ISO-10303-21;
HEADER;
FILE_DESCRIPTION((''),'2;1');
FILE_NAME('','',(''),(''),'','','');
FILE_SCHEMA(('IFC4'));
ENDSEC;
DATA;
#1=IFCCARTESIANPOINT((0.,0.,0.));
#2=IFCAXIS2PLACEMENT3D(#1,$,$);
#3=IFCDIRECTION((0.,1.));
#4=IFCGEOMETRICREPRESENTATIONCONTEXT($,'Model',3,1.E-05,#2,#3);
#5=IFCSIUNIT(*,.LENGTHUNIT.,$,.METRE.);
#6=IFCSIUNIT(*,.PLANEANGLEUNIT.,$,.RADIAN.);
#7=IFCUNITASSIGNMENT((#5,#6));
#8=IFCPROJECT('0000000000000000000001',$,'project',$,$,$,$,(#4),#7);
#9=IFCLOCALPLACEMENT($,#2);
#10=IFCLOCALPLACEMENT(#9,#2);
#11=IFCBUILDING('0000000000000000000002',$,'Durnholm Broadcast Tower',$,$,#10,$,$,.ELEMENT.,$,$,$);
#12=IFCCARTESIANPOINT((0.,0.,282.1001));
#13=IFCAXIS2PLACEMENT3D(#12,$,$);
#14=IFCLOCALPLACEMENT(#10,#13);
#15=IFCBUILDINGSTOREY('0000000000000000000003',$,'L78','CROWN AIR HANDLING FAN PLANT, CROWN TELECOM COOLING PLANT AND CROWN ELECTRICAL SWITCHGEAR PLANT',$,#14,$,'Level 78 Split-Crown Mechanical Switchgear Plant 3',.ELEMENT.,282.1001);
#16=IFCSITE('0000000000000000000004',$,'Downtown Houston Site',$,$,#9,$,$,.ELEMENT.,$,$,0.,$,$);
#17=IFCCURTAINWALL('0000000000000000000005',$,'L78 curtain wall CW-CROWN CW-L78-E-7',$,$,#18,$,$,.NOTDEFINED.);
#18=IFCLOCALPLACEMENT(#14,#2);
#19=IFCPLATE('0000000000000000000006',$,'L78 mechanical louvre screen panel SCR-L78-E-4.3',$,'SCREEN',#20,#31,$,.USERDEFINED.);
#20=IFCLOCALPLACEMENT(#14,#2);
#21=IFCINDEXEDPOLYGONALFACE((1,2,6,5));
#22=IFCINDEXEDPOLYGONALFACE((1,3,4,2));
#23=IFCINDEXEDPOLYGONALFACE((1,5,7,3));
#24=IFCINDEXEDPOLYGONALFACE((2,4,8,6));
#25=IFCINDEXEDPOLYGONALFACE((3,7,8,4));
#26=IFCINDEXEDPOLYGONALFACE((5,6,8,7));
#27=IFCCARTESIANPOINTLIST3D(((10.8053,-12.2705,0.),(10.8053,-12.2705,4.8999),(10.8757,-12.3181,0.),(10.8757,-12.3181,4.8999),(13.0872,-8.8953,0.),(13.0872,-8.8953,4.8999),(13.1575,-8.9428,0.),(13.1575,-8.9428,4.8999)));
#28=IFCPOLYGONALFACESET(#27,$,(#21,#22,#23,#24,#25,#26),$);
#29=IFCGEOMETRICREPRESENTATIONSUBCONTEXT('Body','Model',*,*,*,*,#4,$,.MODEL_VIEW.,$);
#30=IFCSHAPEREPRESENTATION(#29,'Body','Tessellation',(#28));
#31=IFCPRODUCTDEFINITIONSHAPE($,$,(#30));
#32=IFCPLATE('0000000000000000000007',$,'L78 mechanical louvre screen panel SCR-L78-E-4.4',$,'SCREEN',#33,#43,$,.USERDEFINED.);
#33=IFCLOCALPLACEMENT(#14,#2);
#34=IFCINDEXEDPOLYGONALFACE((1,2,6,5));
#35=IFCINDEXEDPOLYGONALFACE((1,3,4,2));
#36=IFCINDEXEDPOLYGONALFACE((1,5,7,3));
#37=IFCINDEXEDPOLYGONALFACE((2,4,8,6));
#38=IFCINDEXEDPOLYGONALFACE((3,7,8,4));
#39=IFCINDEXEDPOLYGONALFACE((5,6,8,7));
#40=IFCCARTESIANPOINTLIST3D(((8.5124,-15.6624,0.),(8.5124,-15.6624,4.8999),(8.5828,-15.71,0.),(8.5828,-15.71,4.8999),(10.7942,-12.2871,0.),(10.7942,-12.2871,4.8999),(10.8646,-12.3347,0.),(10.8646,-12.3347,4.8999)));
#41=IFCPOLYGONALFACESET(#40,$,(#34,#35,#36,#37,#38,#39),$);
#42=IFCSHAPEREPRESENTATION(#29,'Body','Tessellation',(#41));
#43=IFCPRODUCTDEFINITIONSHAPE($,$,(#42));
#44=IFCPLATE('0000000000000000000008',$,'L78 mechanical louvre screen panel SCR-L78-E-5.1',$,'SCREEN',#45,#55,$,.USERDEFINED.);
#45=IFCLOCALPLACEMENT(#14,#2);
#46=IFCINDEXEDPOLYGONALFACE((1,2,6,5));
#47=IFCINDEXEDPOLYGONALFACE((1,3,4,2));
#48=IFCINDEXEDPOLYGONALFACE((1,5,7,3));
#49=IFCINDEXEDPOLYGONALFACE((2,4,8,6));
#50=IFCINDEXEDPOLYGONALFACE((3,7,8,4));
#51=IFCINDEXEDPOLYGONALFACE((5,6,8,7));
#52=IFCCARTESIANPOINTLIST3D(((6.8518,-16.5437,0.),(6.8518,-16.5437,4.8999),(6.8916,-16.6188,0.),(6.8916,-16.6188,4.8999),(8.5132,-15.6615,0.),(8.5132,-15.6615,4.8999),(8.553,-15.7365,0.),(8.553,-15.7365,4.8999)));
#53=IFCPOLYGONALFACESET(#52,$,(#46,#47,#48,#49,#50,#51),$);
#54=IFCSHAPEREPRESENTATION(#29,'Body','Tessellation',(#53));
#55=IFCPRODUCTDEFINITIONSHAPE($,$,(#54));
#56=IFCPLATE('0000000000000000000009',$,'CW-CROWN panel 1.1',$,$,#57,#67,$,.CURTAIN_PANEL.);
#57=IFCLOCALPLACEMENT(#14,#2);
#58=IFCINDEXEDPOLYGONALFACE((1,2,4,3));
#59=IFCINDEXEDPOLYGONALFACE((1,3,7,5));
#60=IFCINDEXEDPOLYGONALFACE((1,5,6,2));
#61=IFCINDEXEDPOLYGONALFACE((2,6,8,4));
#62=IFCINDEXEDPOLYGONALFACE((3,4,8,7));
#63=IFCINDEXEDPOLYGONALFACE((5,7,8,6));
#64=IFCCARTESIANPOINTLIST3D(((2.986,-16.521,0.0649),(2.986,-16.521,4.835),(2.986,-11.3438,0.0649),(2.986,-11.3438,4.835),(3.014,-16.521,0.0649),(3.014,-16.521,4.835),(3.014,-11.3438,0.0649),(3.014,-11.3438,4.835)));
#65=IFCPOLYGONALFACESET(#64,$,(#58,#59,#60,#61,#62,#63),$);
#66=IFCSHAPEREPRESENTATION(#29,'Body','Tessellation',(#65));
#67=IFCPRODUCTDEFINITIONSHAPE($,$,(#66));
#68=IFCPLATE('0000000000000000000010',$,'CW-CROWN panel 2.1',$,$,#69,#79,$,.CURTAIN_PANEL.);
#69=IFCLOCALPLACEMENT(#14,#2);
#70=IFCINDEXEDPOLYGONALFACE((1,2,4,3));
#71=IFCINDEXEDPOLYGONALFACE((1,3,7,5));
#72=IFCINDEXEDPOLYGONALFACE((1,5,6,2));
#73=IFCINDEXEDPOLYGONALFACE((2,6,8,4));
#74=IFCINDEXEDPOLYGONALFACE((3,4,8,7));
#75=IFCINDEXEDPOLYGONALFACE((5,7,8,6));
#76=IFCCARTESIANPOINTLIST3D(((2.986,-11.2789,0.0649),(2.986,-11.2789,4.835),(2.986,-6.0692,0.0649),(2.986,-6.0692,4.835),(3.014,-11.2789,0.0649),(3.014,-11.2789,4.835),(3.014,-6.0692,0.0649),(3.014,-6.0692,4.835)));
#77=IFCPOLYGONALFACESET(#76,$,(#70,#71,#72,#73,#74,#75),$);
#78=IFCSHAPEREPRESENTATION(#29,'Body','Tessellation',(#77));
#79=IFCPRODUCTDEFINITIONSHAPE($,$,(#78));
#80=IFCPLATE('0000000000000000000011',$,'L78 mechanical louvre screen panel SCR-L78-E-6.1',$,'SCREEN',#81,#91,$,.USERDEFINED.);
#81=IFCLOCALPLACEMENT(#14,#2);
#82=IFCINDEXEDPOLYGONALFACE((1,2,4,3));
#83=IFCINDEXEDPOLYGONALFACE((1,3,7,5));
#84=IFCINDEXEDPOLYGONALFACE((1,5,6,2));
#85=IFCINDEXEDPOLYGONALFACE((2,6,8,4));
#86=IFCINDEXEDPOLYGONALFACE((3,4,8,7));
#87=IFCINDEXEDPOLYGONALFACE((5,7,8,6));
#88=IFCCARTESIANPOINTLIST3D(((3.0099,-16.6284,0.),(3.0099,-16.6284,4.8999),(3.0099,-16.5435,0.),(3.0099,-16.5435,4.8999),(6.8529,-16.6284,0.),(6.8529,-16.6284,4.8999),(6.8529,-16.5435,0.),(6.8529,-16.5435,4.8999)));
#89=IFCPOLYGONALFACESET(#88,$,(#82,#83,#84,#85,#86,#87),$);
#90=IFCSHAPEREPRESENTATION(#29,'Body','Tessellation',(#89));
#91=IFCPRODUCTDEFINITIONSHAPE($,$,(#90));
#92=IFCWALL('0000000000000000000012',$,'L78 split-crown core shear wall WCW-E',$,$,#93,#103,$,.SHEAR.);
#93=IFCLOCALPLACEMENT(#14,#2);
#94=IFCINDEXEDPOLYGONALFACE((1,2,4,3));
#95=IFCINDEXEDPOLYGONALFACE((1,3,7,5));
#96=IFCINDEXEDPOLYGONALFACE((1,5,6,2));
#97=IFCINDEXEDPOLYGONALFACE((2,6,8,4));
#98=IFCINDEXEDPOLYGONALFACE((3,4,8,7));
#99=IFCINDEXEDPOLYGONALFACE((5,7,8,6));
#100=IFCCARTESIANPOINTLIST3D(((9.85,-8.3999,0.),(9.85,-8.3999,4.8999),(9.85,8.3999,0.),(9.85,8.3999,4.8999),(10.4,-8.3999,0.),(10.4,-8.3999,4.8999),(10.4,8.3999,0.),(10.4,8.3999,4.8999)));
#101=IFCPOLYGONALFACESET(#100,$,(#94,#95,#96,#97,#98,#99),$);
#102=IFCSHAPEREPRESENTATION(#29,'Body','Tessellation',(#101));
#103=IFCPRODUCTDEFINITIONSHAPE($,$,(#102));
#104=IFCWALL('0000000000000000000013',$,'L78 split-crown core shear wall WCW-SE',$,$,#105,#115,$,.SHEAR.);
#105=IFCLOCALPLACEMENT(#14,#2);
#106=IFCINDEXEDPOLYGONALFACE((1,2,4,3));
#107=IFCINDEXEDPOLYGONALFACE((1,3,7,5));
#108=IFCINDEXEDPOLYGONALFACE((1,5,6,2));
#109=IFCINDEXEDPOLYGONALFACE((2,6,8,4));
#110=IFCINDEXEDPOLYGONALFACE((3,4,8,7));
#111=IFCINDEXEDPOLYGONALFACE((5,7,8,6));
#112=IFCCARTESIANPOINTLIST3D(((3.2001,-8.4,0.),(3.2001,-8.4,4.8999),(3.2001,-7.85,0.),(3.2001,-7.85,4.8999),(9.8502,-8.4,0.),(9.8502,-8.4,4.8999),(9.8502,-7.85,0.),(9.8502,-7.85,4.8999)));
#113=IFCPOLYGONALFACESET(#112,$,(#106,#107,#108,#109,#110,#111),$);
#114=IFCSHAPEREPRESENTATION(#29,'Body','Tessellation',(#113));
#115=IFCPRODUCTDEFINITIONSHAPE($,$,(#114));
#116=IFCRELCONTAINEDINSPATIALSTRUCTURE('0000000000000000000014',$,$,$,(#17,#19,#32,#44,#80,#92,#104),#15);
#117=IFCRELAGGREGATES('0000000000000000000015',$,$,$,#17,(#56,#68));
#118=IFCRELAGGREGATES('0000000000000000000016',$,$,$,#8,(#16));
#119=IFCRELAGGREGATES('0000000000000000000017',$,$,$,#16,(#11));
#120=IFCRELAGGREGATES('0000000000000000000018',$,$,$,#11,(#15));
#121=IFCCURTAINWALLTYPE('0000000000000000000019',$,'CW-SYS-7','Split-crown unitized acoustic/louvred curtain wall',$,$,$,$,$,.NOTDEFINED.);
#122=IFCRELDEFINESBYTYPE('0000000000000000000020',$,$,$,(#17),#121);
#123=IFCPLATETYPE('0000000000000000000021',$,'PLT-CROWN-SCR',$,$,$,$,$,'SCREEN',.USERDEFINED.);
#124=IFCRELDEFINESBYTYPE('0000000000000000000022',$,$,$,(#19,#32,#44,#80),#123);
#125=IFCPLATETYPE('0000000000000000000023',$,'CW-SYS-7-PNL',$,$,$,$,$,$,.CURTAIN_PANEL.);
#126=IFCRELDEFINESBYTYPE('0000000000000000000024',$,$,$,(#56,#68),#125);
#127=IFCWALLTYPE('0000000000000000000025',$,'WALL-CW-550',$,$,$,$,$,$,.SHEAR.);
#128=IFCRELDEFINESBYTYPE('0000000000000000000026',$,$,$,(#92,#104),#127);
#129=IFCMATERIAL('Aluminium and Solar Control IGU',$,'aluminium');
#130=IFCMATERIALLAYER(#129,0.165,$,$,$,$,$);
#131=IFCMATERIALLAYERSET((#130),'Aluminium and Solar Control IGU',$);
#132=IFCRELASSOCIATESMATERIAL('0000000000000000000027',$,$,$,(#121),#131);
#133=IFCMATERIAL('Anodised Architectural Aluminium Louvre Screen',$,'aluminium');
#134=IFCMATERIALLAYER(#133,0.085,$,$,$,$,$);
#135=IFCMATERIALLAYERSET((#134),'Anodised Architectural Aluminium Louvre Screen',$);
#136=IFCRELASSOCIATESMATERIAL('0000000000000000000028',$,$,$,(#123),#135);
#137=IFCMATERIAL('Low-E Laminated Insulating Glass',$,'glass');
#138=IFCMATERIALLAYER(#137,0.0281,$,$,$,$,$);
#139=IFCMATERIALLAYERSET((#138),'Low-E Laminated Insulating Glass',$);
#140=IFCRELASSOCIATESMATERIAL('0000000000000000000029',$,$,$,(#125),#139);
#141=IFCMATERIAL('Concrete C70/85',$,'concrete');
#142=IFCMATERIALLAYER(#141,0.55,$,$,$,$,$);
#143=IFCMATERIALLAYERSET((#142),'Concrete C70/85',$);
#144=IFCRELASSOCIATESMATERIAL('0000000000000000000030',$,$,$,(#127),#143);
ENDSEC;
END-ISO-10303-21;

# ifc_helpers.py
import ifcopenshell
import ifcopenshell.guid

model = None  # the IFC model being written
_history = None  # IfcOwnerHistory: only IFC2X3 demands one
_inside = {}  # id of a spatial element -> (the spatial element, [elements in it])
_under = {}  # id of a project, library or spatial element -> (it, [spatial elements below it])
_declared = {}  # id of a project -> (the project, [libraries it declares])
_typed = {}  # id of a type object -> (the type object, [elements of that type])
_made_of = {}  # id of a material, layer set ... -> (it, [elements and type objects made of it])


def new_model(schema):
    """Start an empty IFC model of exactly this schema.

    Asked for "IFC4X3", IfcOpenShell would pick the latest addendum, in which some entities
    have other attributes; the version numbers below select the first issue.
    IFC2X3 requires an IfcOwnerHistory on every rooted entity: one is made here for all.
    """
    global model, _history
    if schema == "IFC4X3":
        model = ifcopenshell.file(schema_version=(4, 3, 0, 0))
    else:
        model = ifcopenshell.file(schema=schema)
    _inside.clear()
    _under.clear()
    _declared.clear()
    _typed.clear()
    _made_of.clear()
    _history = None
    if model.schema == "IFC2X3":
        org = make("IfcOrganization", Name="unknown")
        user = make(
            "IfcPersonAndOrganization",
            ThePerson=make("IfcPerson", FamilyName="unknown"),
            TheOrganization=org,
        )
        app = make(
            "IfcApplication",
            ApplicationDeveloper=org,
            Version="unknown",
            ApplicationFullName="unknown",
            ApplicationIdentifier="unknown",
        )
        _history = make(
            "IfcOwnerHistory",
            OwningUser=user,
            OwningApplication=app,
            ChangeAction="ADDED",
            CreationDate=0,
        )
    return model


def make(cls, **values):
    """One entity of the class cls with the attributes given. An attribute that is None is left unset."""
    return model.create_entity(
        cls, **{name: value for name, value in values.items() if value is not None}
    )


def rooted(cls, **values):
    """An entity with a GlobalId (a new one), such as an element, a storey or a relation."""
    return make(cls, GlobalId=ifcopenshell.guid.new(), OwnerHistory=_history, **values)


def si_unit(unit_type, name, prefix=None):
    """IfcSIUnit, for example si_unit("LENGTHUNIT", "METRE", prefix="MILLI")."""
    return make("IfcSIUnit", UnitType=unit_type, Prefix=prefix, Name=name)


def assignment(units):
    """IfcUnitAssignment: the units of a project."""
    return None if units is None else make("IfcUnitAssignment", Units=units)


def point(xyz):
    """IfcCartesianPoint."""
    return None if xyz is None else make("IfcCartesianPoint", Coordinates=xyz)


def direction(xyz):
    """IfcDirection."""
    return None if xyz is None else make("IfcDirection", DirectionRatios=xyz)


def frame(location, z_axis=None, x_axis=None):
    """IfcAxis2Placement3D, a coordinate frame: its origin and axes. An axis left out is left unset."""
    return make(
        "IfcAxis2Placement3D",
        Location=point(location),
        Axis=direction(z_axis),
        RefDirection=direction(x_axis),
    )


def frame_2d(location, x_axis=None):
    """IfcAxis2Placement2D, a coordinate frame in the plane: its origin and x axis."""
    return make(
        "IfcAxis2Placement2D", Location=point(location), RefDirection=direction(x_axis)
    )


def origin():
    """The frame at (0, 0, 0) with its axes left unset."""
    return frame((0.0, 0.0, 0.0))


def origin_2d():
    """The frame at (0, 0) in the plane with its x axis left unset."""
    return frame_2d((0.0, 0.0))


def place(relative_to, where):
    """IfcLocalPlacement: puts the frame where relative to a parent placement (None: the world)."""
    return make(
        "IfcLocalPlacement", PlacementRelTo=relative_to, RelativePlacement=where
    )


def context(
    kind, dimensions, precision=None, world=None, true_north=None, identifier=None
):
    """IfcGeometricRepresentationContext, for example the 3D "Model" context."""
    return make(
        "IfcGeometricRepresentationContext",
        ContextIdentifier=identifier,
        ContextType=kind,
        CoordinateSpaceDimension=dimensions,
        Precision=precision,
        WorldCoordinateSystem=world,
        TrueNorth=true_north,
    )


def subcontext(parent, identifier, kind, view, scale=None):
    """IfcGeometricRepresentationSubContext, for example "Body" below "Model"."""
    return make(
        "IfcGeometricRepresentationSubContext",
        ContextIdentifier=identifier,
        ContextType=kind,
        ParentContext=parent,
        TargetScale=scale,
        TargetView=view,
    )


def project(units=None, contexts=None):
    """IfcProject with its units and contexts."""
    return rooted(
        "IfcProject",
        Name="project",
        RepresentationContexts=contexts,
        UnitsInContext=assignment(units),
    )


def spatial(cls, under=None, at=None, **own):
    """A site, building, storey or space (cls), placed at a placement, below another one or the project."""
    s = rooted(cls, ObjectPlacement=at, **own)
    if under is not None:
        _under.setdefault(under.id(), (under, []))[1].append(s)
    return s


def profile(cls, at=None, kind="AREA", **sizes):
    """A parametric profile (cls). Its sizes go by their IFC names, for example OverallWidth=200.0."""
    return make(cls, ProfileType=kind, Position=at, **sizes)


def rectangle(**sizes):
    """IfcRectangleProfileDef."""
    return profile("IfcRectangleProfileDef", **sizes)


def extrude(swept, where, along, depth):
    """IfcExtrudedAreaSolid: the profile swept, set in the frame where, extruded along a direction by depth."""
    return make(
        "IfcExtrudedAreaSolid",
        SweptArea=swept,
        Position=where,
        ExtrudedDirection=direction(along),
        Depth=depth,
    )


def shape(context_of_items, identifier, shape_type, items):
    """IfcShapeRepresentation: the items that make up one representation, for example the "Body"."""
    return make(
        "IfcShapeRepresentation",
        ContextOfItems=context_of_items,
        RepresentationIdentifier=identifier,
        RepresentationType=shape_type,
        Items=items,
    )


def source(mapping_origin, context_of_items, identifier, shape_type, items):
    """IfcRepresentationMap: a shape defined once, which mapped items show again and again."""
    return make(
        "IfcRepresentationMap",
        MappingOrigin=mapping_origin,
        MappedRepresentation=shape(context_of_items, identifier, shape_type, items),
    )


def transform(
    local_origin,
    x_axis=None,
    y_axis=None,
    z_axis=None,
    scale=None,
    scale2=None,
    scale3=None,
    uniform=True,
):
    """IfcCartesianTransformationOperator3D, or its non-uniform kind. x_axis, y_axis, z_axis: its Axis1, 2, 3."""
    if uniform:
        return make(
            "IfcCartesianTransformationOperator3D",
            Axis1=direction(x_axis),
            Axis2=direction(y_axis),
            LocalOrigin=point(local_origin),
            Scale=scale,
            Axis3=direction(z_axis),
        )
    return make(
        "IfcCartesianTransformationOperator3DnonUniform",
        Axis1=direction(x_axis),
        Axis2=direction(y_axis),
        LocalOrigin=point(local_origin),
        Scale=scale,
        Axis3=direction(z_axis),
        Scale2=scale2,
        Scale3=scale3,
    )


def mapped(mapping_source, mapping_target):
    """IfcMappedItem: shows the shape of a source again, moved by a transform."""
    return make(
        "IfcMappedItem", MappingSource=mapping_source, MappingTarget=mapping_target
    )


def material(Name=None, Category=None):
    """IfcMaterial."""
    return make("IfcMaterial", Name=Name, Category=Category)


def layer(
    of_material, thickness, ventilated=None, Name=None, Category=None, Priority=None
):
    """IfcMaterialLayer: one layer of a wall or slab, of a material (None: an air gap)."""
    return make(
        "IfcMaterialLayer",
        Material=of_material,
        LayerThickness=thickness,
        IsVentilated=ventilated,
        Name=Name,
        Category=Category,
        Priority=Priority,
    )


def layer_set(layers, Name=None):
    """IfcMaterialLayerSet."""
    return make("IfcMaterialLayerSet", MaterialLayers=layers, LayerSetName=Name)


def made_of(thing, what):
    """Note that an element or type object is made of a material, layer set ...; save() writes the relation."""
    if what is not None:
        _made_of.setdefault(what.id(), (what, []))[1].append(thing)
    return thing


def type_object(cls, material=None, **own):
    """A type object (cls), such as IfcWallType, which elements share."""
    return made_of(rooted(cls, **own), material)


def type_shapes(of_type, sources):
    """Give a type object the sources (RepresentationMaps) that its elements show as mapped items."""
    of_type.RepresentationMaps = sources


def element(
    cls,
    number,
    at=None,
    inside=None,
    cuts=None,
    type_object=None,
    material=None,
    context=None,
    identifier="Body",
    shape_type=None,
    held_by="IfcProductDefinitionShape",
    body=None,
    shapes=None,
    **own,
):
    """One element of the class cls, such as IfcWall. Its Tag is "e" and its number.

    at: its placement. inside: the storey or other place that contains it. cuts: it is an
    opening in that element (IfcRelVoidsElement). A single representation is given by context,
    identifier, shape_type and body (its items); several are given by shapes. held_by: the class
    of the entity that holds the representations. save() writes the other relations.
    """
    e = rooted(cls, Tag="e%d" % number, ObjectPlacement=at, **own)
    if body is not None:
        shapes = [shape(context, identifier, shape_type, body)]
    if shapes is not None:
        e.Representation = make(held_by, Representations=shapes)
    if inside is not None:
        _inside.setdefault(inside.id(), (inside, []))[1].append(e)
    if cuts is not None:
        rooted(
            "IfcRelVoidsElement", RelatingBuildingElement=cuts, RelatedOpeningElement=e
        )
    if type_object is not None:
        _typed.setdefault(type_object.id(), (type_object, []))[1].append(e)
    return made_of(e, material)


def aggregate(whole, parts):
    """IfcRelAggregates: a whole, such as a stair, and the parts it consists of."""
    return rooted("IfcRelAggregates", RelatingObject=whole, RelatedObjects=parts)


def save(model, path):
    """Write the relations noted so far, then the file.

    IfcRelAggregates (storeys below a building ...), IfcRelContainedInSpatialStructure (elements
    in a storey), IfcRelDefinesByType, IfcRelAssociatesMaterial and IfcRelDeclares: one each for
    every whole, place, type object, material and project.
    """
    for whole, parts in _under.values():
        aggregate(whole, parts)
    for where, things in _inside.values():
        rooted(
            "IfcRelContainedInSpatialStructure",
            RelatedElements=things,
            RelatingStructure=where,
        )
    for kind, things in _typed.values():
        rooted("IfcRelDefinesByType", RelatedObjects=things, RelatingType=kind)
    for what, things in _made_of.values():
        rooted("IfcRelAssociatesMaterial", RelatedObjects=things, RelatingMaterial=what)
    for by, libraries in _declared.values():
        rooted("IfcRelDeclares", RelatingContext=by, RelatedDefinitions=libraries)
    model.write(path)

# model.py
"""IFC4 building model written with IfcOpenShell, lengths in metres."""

from ifc_helpers import new_model, si_unit, direction, frame, frame_2d, origin, origin_2d, place, context, subcontext, project, spatial, rectangle, extrude, source, transform, mapped, material, layer, layer_set, type_object, type_shapes, element, aggregate, save


model = new_model("IFC4")

# Units and contexts
model_context = context("Model", 3, precision=1e-05, world=origin(), true_north=direction((0.0, 1.0)))
body_context = subcontext(model_context, "Body", "Model", "MODEL_VIEW")
ifc_project = project(units=[si_unit("LENGTHUNIT", "METRE"), si_unit("PLANEANGLEUNIT", "RADIAN")], contexts=[model_context])

# Site, building, storey
site_placement = place(None, origin())
site = spatial("IfcSite", under=ifc_project, at=site_placement, Name="Downtown Houston Site", CompositionType="ELEMENT", RefElevation=0.0)
building_placement = place(site_placement, origin())
building = spatial("IfcBuilding", under=site, at=building_placement, Name="Durnholm Broadcast Tower", CompositionType="ELEMENT")
storey_placement = place(building_placement, frame((0.0, 0.0, 282.1001)))
storey = spatial("IfcBuildingStorey", under=building, at=storey_placement, Name="L78", Description="CROWN AIR HANDLING FAN PLANT, CROWN TELECOM COOLING PLANT AND CROWN ELECTRICAL SWITCHGEAR PLANT", LongName="Level 78 Split-Crown Mechanical Switchgear Plant 3", CompositionType="ELEMENT", Elevation=282.1001)

# Curtain wall
ifc_material_1 = material(Name="Aluminium and Solar Control IGU", Category="aluminium")
ifc_layer_1 = layer(ifc_material_1, 0.165)
ifc_layer_set_1 = layer_set([ifc_layer_1], Name="Aluminium and Solar Control IGU")
curtain_wall_type = type_object("IfcCurtainWallType", Name="CW-SYS-7", Description="Split-crown unitized acoustic/louvred curtain wall", PredefinedType="NOTDEFINED", material=ifc_layer_set_1)
curtain_wall_placement = place(storey_placement, origin())
curtain_wall = element("IfcCurtainWall", 1, at=curtain_wall_placement, inside=storey, type_object=curtain_wall_type, Name="L78 curtain wall CW-CROWN CW-L78-E-7", PredefinedType="NOTDEFINED")

# Plates
ifc_material_2 = material(Name="Anodised Architectural Aluminium Louvre Screen", Category="aluminium")
ifc_layer_2 = layer(ifc_material_2, 0.085)
ifc_layer_set_2 = layer_set([ifc_layer_2], Name="Anodised Architectural Aluminium Louvre Screen")
plate_type_1 = type_object("IfcPlateType", Name="PLT-CROWN-SCR", ElementType="SCREEN", PredefinedType="USERDEFINED", material=ifc_layer_set_2)
shared_shape_1 = source(origin(), body_context, "Body", "SweptSolid", [
    extrude(rectangle(XDim=4.0742, YDim=0.085, at=origin_2d()), origin(), (0.0, 0.0, 1.0), 4.8999),
])
for number, where, z_axis, x_axis, name in (
    (2, (11.9814, -10.6067, 0.0), (0.0, 0.0, 1.0), (-0.560061, -0.828452, 0.0), "L78 mechanical louvre screen panel SCR-L78-E-4.3"),
    (3, (9.6885, -13.9985, 0.0), (0.0, 0.0, 1.0), (-0.560061, -0.828452, 0.0), "L78 mechanical louvre screen panel SCR-L78-E-4.4"),
):
    element("IfcPlate", number, at=place(storey_placement, frame(where, z_axis=z_axis, x_axis=x_axis)), inside=storey, type_object=plate_type_1, Name=name, ObjectType="SCREEN", PredefinedType="USERDEFINED", context=body_context, shape_type="MappedRepresentation", body=[
        mapped(shared_shape_1, transform((0.0, 0.0, 0.0), x_axis=(1.0, 0.0, 0.0), y_axis=(0.0, 1.0, 0.0), z_axis=(0.0, 0.0, 1.0), scale=1.0)),
    ])
shared_shape_2 = source(origin(), body_context, "Body", "SweptSolid", [
    extrude(rectangle(XDim=1.8811, YDim=0.085, at=origin_2d()), origin(), (0.0, 0.0, 1.0), 4.8999),
])
plate_1_placement = place(storey_placement, frame((7.7024, -16.1401, 0.0), z_axis=(0.0, 0.0, 1.0), x_axis=(-0.883193, -0.469009, 0.0)))
element("IfcPlate", 4, at=plate_1_placement, inside=storey, type_object=plate_type_1, Name="L78 mechanical louvre screen panel SCR-L78-E-5.1", ObjectType="SCREEN", PredefinedType="USERDEFINED", context=body_context, shape_type="MappedRepresentation", body=[
    mapped(shared_shape_2, transform((0.0, 0.0, 0.0), x_axis=(1.0, 0.0, 0.0), y_axis=(0.0, 1.0, 0.0), z_axis=(0.0, 0.0, 1.0), scale=1.0)),
])

# Plates
ifc_material_3 = material(Name="Low-E Laminated Insulating Glass", Category="glass")
ifc_layer_3 = layer(ifc_material_3, 0.0281)
ifc_layer_set_3 = layer_set([ifc_layer_3], Name="Low-E Laminated Insulating Glass")
plate_type_2 = type_object("IfcPlateType", Name="CW-SYS-7-PNL", PredefinedType="CURTAIN_PANEL", material=ifc_layer_set_3)
shared_shape_3 = source(origin(), body_context, "Body", "SweptSolid", [
    extrude(rectangle(XDim=5.1772, YDim=0.0281, at=origin_2d()), origin(), (0.0, 0.0, 1.0), 4.77),
])
plate_2_placement = place(storey_placement, frame((3.0, -13.9324, 0.0649), z_axis=(0.0, 0.0, 1.0), x_axis=(0.0, 1.0, 0.0)))
plate_2 = element("IfcPlate", 5, at=plate_2_placement, type_object=plate_type_2, Name="CW-CROWN panel 1.1", PredefinedType="CURTAIN_PANEL", context=body_context, shape_type="MappedRepresentation", body=[
    mapped(shared_shape_3, transform((0.0, 0.0, 0.0), x_axis=(1.0, 0.0, 0.0), y_axis=(0.0, 1.0, 0.0), z_axis=(0.0, 0.0, 1.0), scale=1.0)),
])
shared_shape_4 = source(origin(), body_context, "Body", "SweptSolid", [
    extrude(rectangle(XDim=5.2097, YDim=0.0281, at=origin_2d()), origin(), (0.0, 0.0, 1.0), 4.77),
])
type_shapes(plate_type_2, [shared_shape_3, shared_shape_4])
plate_3_placement = place(storey_placement, frame((3.0, -8.6741, 0.0649), z_axis=(0.0, 0.0, 1.0), x_axis=(0.0, 1.0, 0.0)))
plate_3 = element("IfcPlate", 6, at=plate_3_placement, type_object=plate_type_2, Name="CW-CROWN panel 2.1", PredefinedType="CURTAIN_PANEL", context=body_context, shape_type="MappedRepresentation", body=[
    mapped(shared_shape_4, transform((0.0, 0.0, 0.0), x_axis=(1.0, 0.0, 0.0), y_axis=(0.0, 1.0, 0.0), z_axis=(0.0, 0.0, 1.0), scale=1.0)),
])
aggregate(curtain_wall, [plate_2, plate_3])
shared_shape_5 = source(origin(), body_context, "Body", "SweptSolid", [
    extrude(rectangle(XDim=3.843, YDim=0.085, at=origin_2d()), origin(), (0.0, 0.0, 1.0), 4.8999),
])
type_shapes(plate_type_1, [shared_shape_1, shared_shape_2, shared_shape_5])
plate_4_placement = place(storey_placement, frame((4.9314, -16.5859, 0.0), z_axis=(0.0, 0.0, 1.0), x_axis=(-1.0, 0.0, 0.0)))
element("IfcPlate", 7, at=plate_4_placement, inside=storey, type_object=plate_type_1, Name="L78 mechanical louvre screen panel SCR-L78-E-6.1", ObjectType="SCREEN", PredefinedType="USERDEFINED", context=body_context, shape_type="MappedRepresentation", body=[
    mapped(shared_shape_5, transform((0.0, 0.0, 0.0), x_axis=(1.0, 0.0, 0.0), y_axis=(0.0, 1.0, 0.0), z_axis=(0.0, 0.0, 1.0), scale=1.0)),
])

# Walls
ifc_material_4 = material(Name="Concrete C70/85", Category="concrete")
ifc_layer_4 = layer(ifc_material_4, 0.55)
ifc_layer_set_4 = layer_set([ifc_layer_4], Name="Concrete C70/85")
wall_type = type_object("IfcWallType", Name="WALL-CW-550", PredefinedType="SHEAR", material=ifc_layer_set_4)
wall_1_placement = place(storey_placement, frame((10.125, -8.3999, 0.0), z_axis=(0.0, 0.0, 1.0), x_axis=(0.0, 1.0, 0.0)))
element("IfcWall", 8, at=wall_1_placement, inside=storey, type_object=wall_type, Name="L78 split-crown core shear wall WCW-E", PredefinedType="SHEAR", context=body_context, shape_type="SweptSolid", body=[
    extrude(rectangle(XDim=16.7998, YDim=0.55, at=frame_2d((8.3999, 0.0))), origin(), (0.0, 0.0, 1.0), 4.8999),
])
wall_2_placement = place(storey_placement, frame((3.2, -8.125, 0.0), z_axis=(0.0, 0.0, 1.0), x_axis=(1.0, 0.0, 0.0)))
element("IfcWall", 9, at=wall_2_placement, inside=storey, type_object=wall_type, Name="L78 split-crown core shear wall WCW-SE", PredefinedType="SHEAR", context=body_context, shape_type="SweptSolid", body=[
    extrude(rectangle(XDim=6.6501, YDim=0.55, at=frame_2d((3.3252, 0.0))), origin(), (0.0, 0.0, 1.0), 4.8999),
])

save(model, "model.ifc")
